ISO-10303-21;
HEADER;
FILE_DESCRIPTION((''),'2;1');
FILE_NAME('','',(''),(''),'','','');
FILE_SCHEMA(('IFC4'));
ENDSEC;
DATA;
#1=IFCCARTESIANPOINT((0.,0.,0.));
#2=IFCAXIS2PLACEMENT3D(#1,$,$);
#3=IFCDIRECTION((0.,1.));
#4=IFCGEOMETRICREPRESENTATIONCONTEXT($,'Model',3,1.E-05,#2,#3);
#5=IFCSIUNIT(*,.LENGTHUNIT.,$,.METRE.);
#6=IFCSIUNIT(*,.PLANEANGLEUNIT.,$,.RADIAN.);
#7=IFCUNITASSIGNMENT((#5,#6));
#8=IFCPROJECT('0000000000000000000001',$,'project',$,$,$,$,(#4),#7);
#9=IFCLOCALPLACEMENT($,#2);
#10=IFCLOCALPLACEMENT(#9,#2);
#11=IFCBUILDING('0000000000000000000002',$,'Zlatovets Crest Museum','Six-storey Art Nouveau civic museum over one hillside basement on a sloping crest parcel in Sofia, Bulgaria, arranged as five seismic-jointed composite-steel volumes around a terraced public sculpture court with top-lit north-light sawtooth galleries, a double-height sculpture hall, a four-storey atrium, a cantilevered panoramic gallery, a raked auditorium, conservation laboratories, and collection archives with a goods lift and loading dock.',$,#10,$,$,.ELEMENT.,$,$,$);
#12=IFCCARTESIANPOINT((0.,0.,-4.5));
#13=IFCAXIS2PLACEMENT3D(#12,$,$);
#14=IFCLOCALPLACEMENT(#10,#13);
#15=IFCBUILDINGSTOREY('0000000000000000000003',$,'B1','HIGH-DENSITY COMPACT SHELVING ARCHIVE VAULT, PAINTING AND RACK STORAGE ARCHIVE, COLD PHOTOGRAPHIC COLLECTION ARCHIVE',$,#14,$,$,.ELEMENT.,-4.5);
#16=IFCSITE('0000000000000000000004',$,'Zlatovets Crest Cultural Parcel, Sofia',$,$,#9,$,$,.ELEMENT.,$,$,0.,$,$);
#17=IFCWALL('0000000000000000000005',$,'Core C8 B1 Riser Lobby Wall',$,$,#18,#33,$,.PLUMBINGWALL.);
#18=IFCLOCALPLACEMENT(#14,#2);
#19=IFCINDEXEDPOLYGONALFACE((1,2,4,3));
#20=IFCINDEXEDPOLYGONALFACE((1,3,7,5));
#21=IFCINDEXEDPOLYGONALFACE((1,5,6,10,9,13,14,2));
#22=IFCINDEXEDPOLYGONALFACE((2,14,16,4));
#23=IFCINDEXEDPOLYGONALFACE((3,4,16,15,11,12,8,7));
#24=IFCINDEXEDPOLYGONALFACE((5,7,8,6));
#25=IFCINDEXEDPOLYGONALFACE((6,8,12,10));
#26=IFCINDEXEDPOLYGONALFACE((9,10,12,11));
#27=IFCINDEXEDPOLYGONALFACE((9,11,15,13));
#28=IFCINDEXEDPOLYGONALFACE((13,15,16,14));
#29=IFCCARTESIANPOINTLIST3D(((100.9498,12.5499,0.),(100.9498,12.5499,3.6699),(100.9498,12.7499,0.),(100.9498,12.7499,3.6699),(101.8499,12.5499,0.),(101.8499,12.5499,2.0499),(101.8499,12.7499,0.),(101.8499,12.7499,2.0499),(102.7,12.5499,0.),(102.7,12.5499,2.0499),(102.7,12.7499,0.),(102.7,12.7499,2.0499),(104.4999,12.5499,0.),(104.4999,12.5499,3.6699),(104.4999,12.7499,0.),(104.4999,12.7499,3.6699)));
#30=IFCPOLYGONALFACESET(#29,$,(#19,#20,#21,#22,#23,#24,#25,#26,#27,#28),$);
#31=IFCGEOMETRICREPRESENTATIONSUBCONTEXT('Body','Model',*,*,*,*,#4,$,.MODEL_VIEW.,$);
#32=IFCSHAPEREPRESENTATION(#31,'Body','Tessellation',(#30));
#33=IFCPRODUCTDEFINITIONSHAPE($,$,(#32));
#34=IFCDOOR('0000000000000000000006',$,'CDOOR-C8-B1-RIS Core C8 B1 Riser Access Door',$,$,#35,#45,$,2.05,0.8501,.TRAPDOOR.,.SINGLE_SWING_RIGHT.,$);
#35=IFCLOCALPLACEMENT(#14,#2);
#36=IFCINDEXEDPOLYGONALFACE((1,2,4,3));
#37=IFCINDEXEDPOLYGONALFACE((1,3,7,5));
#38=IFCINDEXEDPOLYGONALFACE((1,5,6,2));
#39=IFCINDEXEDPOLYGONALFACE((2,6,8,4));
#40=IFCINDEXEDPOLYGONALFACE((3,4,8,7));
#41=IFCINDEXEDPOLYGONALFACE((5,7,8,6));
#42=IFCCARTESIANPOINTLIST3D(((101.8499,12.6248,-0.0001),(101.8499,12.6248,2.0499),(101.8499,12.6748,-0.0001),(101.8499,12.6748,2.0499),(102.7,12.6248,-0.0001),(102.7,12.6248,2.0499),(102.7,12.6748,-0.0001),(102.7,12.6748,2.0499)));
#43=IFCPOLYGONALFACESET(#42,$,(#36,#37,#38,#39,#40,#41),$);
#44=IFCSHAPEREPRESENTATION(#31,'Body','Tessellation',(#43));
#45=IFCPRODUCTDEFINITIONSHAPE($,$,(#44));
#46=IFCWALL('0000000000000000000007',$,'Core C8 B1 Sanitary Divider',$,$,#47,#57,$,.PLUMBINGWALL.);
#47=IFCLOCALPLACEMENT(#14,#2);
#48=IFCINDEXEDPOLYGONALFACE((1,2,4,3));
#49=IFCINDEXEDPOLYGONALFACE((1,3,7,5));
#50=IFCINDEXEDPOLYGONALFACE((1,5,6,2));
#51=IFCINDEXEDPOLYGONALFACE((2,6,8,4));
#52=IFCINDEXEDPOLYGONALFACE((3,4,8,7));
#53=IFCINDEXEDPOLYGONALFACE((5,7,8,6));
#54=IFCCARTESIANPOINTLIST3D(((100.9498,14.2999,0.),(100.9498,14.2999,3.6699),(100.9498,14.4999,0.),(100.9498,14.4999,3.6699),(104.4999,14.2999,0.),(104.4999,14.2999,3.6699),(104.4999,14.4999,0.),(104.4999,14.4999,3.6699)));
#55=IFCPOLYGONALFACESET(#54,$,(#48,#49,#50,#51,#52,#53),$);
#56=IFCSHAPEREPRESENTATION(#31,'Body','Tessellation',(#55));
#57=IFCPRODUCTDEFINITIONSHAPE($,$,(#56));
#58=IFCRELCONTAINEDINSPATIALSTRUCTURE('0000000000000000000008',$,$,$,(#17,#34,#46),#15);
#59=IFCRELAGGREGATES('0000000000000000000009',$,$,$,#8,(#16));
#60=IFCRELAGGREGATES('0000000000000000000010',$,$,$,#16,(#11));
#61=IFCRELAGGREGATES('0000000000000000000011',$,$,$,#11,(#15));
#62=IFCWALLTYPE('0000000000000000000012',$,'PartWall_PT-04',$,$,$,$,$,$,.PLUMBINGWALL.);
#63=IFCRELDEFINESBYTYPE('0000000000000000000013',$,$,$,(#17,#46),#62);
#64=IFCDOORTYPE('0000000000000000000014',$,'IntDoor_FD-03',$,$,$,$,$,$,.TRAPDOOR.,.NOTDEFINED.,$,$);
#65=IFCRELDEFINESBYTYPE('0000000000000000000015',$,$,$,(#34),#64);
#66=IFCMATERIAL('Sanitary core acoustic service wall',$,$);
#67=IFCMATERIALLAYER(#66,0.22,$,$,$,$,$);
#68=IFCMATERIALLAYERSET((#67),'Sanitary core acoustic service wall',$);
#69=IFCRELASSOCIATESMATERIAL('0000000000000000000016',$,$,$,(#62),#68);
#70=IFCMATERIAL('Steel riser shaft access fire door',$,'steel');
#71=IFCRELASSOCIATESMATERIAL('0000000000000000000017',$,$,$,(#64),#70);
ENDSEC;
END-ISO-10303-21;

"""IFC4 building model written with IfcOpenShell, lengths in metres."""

from ifc_helpers import new_model, si_unit, direction, frame, frame_2d, origin, place, context, subcontext, project, spatial, rectangle, extrude, material, layer, layer_set, type_object, element, fill, save


model = new_model("IFC4")

# Units and contexts
model_context = context("Model", 3, precision=1e-05, world=origin(), true_north=direction((0.0, 1.0)))
body_context = subcontext(model_context, "Body", "Model", "MODEL_VIEW")
ifc_project = project(units=[si_unit("LENGTHUNIT", "METRE"), si_unit("PLANEANGLEUNIT", "RADIAN")], contexts=[model_context])

# Site, building, storey
site_placement = place(None, origin())
site = spatial("IfcSite", under=ifc_project, at=site_placement, Name="Zlatovets Crest Cultural Parcel, Sofia", CompositionType="ELEMENT", RefElevation=0.0)
building_placement = place(site_placement, origin())
building = spatial("IfcBuilding", under=site, at=building_placement, Name="Zlatovets Crest Museum", Description="Six-storey Art Nouveau civic museum over one hillside basement on a sloping crest parcel in Sofia, Bulgaria, arranged as five seismic-jointed composite-steel volumes around a terraced public sculpture court with top-lit north-light sawtooth galleries, a double-height sculpture hall, a four-storey atrium, a cantilevered panoramic gallery, a raked auditorium, conservation laboratories, and collection archives with a goods lift and loading dock.", CompositionType="ELEMENT")
storey_placement = place(building_placement, frame((0.0, 0.0, -4.5)))
storey = spatial("IfcBuildingStorey", under=building, at=storey_placement, Name="B1", Description="HIGH-DENSITY COMPACT SHELVING ARCHIVE VAULT, PAINTING AND RACK STORAGE ARCHIVE, COLD PHOTOGRAPHIC COLLECTION ARCHIVE", CompositionType="ELEMENT", Elevation=-4.5)

# Wall, opening, door
ifc_material_1 = material(Name="Sanitary core acoustic service wall")
ifc_layer_1 = layer(ifc_material_1, 0.22)
ifc_layer_set_1 = layer_set([ifc_layer_1], Name="Sanitary core acoustic service wall")
wall_type_1 = type_object("IfcWallType", Name="PartWall_PT-04", PredefinedType="PLUMBINGWALL", material=ifc_layer_set_1)
wall_1_placement = place(storey_placement, frame((100.95, 12.6499, 0.0), z_axis=(0.0, 0.0, 1.0), x_axis=(1.0, 0.0, 0.0)))
wall_1 = element("IfcWall", 1, at=wall_1_placement, inside=storey, type_object=wall_type_1, Name="Core C8 B1 Riser Lobby Wall", PredefinedType="PLUMBINGWALL", context=body_context, shape_type="SweptSolid", body=[
    extrude(rectangle(XDim=3.55, YDim=0.2, at=frame_2d((1.7749, 0.0))), origin(), (0.0, 0.0, 1.0), 3.6699),
])
opening_1_placement = place(wall_1_placement, frame((0.8999, 0.0, 0.0)))
opening_1 = element("IfcOpeningElement", 2, at=opening_1_placement, cuts=wall_1, PredefinedType="OPENING", context=body_context, shape_type="SweptSolid", body=[
    extrude(rectangle(XDim=0.8501, YDim=2.05, at=frame_2d((0.425, 1.0249))), frame((0.0, 0.1099, 0.0), z_axis=(0.0, -1.0, 0.0), x_axis=(1.0, 0.0, 0.0)), (0.0, 0.0, 1.0), 0.22),
])
ifc_material_2 = material(Name="Steel riser shaft access fire door", Category="steel")
door_type_1 = type_object("IfcDoorType", Name="IntDoor_FD-03", OperationType="NOTDEFINED", PredefinedType="TRAPDOOR", material=ifc_material_2)
door_1_placement = place(opening_1_placement, origin())
door_1 = element("IfcDoor", 3, at=door_1_placement, inside=storey, type_object=door_type_1, Name="CDOOR-C8-B1-RIS Core C8 B1 Riser Access Door", OperationType="SINGLE_SWING_RIGHT", OverallHeight=2.05, OverallWidth=0.8501, PredefinedType="TRAPDOOR", context=body_context, shape_type="SweptSolid", body=[
    extrude(rectangle(XDim=0.8501, YDim=2.05, at=frame_2d((0.425, 1.0249))), frame((0.0, 0.0249, 0.0), z_axis=(0.0, -1.0, 0.0), x_axis=(1.0, 0.0, 0.0)), (0.0, 0.0, 1.0), 0.05),
])
fill(opening_1, door_1)

# Wall
wall_2_placement = place(storey_placement, frame((100.95, 14.3999, 0.0), z_axis=(0.0, 0.0, 1.0), x_axis=(1.0, 0.0, 0.0)))
element("IfcWall", 4, at=wall_2_placement, inside=storey, type_object=wall_type_1, Name="Core C8 B1 Sanitary Divider", PredefinedType="PLUMBINGWALL", context=body_context, shape_type="SweptSolid", body=[
    extrude(rectangle(XDim=3.55, YDim=0.2, at=frame_2d((1.7749, 0.0))), origin(), (0.0, 0.0, 1.0), 3.6699),
])

save(model, "model.ifc")
